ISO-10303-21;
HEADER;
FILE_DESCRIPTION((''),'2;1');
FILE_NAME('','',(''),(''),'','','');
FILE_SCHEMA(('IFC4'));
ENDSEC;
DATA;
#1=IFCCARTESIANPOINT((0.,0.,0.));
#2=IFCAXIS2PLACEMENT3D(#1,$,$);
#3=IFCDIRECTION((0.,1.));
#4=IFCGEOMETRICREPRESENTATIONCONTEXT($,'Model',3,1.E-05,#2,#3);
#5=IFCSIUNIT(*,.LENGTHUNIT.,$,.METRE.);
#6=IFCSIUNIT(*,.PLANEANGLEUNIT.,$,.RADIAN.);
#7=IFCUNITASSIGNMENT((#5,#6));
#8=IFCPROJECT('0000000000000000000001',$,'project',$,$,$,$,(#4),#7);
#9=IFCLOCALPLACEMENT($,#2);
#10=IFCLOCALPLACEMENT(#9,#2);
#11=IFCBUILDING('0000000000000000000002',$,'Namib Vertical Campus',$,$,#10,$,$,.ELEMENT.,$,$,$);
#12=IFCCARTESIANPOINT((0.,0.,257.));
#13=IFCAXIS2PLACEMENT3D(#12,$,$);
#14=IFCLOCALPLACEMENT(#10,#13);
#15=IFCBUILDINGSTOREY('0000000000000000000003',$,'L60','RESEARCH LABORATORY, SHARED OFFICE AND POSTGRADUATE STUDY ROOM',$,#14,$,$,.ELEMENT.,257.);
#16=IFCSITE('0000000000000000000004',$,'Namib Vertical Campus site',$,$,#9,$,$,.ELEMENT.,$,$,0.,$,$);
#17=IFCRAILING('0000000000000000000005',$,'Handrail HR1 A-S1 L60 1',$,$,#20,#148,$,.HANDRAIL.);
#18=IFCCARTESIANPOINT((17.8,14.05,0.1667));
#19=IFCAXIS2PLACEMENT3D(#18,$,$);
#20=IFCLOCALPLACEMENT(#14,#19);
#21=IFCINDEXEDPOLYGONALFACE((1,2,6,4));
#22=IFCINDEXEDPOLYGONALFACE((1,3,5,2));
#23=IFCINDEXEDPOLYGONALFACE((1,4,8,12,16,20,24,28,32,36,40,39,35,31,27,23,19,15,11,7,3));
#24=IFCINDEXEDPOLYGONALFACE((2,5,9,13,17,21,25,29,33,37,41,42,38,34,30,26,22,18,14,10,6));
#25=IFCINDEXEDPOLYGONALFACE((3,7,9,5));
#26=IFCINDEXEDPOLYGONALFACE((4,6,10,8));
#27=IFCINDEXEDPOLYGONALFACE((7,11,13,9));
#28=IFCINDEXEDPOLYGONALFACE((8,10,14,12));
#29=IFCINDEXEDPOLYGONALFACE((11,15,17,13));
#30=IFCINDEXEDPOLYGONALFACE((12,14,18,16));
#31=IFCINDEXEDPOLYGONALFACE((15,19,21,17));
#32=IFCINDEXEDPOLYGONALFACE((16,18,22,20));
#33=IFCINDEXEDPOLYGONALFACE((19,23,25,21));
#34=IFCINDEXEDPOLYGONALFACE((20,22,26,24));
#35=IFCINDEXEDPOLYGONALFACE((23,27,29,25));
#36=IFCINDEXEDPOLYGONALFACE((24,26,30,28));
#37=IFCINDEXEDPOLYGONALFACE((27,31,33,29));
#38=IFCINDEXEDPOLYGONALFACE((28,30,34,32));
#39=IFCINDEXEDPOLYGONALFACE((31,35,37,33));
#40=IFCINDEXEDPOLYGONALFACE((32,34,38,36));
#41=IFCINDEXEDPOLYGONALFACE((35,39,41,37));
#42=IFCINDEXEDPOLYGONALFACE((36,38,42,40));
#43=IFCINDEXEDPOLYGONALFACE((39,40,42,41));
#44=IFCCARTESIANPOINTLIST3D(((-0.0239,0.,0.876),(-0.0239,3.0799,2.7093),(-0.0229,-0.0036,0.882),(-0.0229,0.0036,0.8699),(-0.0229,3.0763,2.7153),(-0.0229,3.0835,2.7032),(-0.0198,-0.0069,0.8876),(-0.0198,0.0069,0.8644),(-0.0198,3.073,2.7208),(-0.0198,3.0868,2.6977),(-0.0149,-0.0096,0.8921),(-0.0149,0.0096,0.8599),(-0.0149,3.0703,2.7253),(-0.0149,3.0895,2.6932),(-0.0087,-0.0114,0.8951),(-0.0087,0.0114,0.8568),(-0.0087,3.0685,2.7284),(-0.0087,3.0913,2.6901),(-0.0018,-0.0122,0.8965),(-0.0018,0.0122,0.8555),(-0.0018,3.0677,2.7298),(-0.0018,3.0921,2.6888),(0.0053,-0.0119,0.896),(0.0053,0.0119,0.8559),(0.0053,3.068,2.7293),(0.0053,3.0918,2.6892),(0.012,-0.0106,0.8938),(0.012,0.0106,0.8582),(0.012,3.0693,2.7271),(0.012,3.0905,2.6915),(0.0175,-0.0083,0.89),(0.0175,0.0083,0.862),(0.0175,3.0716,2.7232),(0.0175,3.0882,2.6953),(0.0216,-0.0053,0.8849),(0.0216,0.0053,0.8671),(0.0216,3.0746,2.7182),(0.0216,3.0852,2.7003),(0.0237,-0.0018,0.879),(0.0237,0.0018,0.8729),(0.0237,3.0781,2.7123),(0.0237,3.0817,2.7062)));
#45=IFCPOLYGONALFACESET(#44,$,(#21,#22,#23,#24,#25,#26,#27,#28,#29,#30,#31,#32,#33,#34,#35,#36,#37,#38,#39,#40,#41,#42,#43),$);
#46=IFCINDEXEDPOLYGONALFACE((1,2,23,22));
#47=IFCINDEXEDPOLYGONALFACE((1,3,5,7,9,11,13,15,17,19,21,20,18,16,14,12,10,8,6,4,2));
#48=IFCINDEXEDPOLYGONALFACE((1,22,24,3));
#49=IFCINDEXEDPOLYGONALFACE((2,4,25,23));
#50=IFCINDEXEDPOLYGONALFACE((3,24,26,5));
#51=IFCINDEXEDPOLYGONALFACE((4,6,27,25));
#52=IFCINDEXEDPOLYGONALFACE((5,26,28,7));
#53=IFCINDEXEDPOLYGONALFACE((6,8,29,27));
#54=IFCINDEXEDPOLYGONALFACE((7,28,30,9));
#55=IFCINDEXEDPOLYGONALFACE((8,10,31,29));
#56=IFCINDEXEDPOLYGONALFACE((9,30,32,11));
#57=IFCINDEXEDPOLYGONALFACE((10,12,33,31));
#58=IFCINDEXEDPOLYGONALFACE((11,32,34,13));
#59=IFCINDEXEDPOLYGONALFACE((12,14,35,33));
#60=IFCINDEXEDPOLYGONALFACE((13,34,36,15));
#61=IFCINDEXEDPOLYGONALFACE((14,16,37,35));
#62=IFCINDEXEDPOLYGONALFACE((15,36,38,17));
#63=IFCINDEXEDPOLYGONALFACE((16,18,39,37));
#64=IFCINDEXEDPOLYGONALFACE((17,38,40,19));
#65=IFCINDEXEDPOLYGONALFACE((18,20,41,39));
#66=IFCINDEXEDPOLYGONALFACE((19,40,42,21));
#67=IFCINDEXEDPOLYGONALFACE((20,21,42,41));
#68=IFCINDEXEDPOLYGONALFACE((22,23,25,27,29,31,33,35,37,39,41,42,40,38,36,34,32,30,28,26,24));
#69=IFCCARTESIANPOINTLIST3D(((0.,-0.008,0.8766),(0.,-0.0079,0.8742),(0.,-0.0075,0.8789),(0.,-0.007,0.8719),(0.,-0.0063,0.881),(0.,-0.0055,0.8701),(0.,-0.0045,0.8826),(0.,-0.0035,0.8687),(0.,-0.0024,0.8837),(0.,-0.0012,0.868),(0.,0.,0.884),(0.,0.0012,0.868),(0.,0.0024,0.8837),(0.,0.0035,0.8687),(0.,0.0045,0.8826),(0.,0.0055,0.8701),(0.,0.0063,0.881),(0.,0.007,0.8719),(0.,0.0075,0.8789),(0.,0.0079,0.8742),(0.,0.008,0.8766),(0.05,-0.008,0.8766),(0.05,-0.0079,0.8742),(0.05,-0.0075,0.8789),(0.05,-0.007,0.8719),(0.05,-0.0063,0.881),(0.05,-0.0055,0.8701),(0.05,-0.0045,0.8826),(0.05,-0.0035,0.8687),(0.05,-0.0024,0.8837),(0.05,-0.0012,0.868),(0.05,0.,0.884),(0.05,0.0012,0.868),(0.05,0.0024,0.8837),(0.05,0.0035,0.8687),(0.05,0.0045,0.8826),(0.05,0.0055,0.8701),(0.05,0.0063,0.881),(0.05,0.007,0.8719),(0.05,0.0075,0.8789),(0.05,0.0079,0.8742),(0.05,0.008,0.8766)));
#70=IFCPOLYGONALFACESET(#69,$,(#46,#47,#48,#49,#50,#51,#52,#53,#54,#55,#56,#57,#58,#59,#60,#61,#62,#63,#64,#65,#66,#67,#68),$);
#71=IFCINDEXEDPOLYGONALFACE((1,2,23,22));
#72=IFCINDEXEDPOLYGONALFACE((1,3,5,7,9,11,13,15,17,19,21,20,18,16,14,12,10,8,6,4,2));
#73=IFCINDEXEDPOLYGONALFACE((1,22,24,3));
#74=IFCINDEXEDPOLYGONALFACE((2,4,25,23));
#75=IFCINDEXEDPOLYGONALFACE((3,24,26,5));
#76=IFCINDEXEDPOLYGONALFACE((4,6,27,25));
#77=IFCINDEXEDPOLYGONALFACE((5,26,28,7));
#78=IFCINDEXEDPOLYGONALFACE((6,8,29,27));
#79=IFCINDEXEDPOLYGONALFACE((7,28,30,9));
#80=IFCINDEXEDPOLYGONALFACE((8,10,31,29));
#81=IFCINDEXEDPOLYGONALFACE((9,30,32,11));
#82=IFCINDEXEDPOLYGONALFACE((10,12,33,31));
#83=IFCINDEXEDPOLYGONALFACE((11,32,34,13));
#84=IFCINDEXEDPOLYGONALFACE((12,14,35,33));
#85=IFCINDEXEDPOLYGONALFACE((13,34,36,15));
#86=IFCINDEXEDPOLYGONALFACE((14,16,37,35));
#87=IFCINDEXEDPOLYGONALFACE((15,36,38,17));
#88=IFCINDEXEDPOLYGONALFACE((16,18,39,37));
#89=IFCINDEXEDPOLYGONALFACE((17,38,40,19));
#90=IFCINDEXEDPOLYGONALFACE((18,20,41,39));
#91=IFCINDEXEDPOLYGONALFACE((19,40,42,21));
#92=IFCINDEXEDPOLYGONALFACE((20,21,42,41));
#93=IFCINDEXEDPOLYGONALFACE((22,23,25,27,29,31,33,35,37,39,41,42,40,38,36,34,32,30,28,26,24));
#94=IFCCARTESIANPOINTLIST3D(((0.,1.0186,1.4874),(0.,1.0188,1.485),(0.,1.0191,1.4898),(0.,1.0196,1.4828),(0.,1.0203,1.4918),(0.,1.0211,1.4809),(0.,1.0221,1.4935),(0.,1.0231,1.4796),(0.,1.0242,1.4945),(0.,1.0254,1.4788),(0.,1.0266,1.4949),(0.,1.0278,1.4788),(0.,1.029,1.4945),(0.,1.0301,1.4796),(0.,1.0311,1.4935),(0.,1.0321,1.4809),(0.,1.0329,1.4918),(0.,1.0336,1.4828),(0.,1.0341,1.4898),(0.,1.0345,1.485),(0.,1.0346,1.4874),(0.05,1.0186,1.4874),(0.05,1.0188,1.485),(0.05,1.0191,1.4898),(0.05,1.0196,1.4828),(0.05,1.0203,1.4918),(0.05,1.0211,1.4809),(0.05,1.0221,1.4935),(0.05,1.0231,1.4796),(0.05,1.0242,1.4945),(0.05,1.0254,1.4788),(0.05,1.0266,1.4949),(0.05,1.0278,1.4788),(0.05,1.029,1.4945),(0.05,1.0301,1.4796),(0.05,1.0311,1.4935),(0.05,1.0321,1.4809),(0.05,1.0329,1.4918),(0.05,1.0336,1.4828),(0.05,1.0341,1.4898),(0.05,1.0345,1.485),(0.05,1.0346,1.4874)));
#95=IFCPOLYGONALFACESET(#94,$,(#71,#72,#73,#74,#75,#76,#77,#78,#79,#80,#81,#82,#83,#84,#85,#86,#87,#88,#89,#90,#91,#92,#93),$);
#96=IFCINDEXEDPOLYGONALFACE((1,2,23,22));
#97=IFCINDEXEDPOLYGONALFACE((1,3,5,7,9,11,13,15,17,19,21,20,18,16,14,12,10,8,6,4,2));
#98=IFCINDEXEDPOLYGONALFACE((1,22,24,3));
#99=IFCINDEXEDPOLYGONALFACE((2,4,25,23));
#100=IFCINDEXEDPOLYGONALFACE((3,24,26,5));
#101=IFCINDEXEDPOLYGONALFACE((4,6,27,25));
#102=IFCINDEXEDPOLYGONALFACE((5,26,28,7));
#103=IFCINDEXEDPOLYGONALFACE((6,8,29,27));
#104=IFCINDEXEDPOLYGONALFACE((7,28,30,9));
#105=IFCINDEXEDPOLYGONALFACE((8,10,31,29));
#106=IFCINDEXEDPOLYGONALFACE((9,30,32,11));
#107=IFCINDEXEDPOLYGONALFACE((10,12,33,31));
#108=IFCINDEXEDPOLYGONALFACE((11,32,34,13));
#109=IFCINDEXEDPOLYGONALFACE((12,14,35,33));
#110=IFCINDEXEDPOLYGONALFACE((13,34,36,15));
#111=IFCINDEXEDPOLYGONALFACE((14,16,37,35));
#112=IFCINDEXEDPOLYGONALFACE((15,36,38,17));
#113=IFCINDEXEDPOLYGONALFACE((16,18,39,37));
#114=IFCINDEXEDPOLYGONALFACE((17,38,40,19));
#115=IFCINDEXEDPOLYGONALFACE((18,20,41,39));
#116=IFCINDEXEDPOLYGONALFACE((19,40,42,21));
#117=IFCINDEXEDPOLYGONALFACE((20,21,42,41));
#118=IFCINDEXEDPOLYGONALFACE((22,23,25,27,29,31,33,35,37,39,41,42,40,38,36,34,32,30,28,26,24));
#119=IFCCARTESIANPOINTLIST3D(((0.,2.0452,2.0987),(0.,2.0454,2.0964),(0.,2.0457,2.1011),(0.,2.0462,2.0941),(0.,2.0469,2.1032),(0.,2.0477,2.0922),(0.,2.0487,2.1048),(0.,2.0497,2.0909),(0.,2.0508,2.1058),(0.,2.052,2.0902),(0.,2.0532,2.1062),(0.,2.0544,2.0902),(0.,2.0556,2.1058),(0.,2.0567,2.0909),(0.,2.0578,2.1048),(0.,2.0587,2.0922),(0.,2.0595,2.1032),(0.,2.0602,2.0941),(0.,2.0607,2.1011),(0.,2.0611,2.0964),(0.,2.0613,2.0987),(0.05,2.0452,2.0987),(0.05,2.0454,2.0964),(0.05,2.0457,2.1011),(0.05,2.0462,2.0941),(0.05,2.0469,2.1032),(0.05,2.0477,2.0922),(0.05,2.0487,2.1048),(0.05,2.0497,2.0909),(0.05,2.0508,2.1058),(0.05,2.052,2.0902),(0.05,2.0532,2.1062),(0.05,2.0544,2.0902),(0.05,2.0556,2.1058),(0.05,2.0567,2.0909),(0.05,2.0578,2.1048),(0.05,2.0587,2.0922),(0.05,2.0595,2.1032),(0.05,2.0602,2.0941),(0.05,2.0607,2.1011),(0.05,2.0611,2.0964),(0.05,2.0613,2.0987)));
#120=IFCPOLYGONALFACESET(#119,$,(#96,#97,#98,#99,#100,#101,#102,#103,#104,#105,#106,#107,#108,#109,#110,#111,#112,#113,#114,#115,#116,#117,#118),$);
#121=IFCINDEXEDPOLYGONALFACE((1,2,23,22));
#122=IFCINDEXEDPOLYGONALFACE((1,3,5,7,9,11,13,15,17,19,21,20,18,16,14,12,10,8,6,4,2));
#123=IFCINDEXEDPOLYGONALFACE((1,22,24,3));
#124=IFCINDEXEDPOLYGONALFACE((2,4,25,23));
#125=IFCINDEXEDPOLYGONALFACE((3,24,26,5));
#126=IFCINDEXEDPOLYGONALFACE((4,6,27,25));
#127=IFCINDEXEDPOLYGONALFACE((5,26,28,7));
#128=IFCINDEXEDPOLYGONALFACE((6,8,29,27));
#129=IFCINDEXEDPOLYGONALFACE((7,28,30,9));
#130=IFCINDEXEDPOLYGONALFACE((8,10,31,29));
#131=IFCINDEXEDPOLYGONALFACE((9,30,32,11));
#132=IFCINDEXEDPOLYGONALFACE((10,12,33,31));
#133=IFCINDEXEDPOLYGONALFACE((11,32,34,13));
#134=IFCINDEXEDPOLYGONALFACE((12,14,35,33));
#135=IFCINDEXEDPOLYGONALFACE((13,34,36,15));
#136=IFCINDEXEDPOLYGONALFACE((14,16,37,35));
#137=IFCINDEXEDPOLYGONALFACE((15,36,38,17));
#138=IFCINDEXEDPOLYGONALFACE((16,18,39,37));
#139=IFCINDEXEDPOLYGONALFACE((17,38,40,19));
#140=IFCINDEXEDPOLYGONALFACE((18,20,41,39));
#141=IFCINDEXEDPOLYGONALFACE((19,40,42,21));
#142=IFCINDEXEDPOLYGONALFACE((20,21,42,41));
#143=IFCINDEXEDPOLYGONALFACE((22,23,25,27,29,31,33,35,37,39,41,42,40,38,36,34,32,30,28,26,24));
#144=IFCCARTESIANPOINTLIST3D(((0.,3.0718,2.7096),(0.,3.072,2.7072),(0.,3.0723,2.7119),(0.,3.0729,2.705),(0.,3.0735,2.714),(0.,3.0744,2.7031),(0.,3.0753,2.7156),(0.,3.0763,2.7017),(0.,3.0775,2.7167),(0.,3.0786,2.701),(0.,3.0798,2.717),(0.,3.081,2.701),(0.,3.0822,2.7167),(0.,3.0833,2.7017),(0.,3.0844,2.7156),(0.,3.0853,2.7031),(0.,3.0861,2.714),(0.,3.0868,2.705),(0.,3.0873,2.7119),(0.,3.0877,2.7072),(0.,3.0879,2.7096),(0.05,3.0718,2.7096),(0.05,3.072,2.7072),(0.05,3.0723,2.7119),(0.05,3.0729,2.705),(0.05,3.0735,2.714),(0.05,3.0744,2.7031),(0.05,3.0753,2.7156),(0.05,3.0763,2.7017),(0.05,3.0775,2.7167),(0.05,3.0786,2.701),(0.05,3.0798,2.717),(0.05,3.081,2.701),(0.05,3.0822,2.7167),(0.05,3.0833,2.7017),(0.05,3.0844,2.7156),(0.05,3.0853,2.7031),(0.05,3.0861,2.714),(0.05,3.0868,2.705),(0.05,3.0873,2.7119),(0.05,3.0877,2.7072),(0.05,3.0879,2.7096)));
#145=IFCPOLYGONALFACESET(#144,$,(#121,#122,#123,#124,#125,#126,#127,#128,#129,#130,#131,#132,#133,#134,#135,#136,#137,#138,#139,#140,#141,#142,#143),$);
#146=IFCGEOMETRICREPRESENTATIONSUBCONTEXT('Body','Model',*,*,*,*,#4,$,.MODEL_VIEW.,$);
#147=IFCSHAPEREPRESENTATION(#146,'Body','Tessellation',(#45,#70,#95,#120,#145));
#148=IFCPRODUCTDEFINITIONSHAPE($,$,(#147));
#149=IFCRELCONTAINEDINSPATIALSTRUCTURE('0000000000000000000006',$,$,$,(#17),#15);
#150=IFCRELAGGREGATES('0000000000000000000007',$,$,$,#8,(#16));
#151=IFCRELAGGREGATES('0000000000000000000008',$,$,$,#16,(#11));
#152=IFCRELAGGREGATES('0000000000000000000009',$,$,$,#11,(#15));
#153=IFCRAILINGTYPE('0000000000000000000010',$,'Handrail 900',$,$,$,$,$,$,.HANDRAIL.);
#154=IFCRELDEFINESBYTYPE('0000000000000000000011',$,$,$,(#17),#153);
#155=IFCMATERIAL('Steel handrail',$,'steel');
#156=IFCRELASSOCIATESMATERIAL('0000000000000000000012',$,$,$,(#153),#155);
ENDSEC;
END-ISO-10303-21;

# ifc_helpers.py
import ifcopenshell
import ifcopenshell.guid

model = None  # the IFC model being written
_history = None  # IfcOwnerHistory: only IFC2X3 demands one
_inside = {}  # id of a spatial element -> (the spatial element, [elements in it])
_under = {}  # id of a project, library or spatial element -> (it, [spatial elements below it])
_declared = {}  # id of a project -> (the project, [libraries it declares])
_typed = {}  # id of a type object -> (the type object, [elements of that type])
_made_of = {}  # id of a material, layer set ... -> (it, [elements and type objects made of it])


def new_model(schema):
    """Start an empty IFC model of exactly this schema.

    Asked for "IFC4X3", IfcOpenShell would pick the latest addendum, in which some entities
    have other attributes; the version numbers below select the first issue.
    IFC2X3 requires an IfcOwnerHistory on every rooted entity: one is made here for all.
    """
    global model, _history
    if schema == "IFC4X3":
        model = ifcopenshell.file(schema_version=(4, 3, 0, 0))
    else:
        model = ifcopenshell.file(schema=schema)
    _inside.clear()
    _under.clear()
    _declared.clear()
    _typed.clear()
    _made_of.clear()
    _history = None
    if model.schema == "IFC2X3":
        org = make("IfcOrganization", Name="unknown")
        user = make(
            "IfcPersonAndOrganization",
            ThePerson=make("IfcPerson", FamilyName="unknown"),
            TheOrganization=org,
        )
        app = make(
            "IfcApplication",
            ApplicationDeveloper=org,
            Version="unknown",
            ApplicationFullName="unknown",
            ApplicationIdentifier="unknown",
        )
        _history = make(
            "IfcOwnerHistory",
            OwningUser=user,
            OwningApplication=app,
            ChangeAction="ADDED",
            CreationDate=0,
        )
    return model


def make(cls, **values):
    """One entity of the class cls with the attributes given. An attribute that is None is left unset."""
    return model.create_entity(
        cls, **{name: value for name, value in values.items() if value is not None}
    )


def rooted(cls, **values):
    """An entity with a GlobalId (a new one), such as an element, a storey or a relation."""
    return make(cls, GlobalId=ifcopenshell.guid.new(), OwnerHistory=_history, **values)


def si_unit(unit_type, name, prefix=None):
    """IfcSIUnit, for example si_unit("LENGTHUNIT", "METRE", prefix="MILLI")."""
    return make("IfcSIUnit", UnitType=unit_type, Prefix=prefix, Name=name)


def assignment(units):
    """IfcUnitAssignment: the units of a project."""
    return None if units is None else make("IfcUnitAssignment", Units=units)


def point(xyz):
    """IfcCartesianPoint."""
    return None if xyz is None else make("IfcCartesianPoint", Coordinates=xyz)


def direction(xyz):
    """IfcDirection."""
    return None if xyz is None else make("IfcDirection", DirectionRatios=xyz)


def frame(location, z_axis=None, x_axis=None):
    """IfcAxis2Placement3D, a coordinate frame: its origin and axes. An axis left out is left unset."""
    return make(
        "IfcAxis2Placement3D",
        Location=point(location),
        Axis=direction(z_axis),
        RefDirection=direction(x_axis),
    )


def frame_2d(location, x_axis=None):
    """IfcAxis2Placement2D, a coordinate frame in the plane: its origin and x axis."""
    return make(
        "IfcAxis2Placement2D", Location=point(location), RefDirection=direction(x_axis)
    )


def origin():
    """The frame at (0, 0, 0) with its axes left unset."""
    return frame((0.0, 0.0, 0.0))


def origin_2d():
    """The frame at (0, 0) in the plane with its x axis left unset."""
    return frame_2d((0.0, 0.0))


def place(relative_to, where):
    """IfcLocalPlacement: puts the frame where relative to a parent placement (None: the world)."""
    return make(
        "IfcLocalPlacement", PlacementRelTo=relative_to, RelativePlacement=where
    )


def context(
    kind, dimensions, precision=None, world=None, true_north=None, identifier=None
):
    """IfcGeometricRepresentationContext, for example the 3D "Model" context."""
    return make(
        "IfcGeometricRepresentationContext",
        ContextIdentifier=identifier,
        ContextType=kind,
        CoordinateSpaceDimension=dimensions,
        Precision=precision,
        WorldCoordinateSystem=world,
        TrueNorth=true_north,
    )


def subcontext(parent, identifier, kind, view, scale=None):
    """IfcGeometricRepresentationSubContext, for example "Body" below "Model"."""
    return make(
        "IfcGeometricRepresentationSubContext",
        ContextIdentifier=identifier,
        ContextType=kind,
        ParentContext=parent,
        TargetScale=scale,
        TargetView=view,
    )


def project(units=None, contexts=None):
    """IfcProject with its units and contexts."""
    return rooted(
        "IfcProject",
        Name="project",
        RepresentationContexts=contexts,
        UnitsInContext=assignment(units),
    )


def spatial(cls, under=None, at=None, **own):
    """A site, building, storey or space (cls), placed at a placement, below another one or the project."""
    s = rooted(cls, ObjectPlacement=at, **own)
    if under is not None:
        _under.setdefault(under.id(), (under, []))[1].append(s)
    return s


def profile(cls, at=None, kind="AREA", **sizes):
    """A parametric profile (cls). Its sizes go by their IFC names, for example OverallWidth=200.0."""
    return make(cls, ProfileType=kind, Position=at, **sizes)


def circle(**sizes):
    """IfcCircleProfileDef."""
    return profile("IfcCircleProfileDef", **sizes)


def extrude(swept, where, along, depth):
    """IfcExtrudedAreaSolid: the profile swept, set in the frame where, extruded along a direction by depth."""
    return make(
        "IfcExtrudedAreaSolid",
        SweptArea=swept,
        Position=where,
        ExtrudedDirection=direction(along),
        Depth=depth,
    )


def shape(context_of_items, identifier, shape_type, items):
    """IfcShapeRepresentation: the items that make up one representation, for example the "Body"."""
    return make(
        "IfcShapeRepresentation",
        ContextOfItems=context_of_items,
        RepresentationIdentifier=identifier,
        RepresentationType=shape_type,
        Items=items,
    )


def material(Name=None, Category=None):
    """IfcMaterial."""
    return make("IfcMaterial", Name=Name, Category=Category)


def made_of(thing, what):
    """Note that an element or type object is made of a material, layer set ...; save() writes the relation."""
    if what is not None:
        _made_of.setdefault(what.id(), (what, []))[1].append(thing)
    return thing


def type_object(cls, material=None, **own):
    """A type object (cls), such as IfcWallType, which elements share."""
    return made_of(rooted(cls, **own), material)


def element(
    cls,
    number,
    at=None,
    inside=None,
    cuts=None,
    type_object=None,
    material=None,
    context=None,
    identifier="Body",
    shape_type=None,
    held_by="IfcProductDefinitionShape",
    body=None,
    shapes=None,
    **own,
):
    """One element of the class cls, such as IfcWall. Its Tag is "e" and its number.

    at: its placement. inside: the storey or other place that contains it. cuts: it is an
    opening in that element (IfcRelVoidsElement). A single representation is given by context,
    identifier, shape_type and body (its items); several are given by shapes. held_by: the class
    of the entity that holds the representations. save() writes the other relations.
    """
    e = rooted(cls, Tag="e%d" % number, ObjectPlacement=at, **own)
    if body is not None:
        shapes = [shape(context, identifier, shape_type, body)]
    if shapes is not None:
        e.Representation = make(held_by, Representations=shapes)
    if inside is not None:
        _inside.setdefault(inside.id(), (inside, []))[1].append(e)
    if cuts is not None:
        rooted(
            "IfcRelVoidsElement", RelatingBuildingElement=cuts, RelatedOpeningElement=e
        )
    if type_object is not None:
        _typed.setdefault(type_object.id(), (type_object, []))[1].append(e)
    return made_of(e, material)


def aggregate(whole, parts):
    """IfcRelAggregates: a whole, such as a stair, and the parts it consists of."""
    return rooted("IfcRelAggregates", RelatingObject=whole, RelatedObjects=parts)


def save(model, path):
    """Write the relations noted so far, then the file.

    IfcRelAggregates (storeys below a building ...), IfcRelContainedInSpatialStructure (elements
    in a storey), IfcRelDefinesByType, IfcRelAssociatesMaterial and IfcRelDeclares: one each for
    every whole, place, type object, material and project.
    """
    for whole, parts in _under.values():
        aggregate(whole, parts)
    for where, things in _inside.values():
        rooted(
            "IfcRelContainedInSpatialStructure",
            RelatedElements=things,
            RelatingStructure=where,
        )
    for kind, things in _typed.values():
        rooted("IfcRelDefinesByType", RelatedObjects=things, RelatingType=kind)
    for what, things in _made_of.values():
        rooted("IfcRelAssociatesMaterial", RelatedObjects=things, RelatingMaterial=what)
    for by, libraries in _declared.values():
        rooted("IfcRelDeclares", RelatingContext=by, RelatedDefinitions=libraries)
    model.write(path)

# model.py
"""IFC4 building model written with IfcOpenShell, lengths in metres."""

from ifc_helpers import new_model, si_unit, direction, frame, origin, origin_2d, place, context, subcontext, project, spatial, circle, extrude, material, type_object, element, save


model = new_model("IFC4")

# Units and contexts
model_context = context("Model", 3, precision=1e-05, world=origin(), true_north=direction((0.0, 1.0)))
body_context = subcontext(model_context, "Body", "Model", "MODEL_VIEW")
ifc_project = project(units=[si_unit("LENGTHUNIT", "METRE"), si_unit("PLANEANGLEUNIT", "RADIAN")], contexts=[model_context])

# Site, building, storey
site_placement = place(None, origin())
site = spatial("IfcSite", under=ifc_project, at=site_placement, Name="Namib Vertical Campus site", CompositionType="ELEMENT", RefElevation=0.0)
building_placement = place(site_placement, origin())
building = spatial("IfcBuilding", under=site, at=building_placement, Name="Namib Vertical Campus", CompositionType="ELEMENT")
storey_placement = place(building_placement, frame((0.0, 0.0, 257.0)))
storey = spatial("IfcBuildingStorey", under=building, at=storey_placement, Name="L60", Description="RESEARCH LABORATORY, SHARED OFFICE AND POSTGRADUATE STUDY ROOM", CompositionType="ELEMENT", Elevation=257.0)

# Railing
ifc_material_1 = material(Name="Steel handrail", Category="steel")
railing_type_1 = type_object("IfcRailingType", Name="Handrail 900", PredefinedType="HANDRAIL", material=ifc_material_1)
railing_1_placement = place(storey_placement, frame((17.8, 14.05, 0.1667)))
element("IfcRailing", 1, at=railing_1_placement, inside=storey, type_object=railing_type_1, Name="Handrail HR1 A-S1 L60 1", PredefinedType="HANDRAIL", context=body_context, shape_type="SweptSolid", body=[
    extrude(circle(Radius=0.0239, at=origin_2d()), frame((0.0, 0.0, 0.876), z_axis=(0.0, 0.859291, 0.511487), x_axis=(-1.0, 0.0, 0.0)), (0.0, 0.0, 1.0), 3.5842),
    extrude(circle(Radius=0.0081, at=origin_2d()), frame((0.0, 0.0, 0.876), z_axis=(1.0, 0.0, 0.0), x_axis=(0.0, 0.0, 1.0)), (0.0, 0.0, 1.0), 0.05),
    extrude(circle(Radius=0.0081, at=origin_2d()), frame((0.0, 1.0266, 1.4868), z_axis=(1.0, 0.0, 0.0), x_axis=(0.0, 0.0, 1.0)), (0.0, 0.0, 1.0), 0.05),
    extrude(circle(Radius=0.0081, at=origin_2d()), frame((0.0, 2.0532, 2.0981), z_axis=(1.0, 0.0, 0.0), x_axis=(0.0, 0.0, 1.0)), (0.0, 0.0, 1.0), 0.05),
    extrude(circle(Radius=0.0081, at=origin_2d()), frame((0.0, 3.0798, 2.709), z_axis=(1.0, 0.0, 0.0), x_axis=(0.0, 0.0, 1.0)), (0.0, 0.0, 1.0), 0.05),
])

save(model, "model.ifc")
